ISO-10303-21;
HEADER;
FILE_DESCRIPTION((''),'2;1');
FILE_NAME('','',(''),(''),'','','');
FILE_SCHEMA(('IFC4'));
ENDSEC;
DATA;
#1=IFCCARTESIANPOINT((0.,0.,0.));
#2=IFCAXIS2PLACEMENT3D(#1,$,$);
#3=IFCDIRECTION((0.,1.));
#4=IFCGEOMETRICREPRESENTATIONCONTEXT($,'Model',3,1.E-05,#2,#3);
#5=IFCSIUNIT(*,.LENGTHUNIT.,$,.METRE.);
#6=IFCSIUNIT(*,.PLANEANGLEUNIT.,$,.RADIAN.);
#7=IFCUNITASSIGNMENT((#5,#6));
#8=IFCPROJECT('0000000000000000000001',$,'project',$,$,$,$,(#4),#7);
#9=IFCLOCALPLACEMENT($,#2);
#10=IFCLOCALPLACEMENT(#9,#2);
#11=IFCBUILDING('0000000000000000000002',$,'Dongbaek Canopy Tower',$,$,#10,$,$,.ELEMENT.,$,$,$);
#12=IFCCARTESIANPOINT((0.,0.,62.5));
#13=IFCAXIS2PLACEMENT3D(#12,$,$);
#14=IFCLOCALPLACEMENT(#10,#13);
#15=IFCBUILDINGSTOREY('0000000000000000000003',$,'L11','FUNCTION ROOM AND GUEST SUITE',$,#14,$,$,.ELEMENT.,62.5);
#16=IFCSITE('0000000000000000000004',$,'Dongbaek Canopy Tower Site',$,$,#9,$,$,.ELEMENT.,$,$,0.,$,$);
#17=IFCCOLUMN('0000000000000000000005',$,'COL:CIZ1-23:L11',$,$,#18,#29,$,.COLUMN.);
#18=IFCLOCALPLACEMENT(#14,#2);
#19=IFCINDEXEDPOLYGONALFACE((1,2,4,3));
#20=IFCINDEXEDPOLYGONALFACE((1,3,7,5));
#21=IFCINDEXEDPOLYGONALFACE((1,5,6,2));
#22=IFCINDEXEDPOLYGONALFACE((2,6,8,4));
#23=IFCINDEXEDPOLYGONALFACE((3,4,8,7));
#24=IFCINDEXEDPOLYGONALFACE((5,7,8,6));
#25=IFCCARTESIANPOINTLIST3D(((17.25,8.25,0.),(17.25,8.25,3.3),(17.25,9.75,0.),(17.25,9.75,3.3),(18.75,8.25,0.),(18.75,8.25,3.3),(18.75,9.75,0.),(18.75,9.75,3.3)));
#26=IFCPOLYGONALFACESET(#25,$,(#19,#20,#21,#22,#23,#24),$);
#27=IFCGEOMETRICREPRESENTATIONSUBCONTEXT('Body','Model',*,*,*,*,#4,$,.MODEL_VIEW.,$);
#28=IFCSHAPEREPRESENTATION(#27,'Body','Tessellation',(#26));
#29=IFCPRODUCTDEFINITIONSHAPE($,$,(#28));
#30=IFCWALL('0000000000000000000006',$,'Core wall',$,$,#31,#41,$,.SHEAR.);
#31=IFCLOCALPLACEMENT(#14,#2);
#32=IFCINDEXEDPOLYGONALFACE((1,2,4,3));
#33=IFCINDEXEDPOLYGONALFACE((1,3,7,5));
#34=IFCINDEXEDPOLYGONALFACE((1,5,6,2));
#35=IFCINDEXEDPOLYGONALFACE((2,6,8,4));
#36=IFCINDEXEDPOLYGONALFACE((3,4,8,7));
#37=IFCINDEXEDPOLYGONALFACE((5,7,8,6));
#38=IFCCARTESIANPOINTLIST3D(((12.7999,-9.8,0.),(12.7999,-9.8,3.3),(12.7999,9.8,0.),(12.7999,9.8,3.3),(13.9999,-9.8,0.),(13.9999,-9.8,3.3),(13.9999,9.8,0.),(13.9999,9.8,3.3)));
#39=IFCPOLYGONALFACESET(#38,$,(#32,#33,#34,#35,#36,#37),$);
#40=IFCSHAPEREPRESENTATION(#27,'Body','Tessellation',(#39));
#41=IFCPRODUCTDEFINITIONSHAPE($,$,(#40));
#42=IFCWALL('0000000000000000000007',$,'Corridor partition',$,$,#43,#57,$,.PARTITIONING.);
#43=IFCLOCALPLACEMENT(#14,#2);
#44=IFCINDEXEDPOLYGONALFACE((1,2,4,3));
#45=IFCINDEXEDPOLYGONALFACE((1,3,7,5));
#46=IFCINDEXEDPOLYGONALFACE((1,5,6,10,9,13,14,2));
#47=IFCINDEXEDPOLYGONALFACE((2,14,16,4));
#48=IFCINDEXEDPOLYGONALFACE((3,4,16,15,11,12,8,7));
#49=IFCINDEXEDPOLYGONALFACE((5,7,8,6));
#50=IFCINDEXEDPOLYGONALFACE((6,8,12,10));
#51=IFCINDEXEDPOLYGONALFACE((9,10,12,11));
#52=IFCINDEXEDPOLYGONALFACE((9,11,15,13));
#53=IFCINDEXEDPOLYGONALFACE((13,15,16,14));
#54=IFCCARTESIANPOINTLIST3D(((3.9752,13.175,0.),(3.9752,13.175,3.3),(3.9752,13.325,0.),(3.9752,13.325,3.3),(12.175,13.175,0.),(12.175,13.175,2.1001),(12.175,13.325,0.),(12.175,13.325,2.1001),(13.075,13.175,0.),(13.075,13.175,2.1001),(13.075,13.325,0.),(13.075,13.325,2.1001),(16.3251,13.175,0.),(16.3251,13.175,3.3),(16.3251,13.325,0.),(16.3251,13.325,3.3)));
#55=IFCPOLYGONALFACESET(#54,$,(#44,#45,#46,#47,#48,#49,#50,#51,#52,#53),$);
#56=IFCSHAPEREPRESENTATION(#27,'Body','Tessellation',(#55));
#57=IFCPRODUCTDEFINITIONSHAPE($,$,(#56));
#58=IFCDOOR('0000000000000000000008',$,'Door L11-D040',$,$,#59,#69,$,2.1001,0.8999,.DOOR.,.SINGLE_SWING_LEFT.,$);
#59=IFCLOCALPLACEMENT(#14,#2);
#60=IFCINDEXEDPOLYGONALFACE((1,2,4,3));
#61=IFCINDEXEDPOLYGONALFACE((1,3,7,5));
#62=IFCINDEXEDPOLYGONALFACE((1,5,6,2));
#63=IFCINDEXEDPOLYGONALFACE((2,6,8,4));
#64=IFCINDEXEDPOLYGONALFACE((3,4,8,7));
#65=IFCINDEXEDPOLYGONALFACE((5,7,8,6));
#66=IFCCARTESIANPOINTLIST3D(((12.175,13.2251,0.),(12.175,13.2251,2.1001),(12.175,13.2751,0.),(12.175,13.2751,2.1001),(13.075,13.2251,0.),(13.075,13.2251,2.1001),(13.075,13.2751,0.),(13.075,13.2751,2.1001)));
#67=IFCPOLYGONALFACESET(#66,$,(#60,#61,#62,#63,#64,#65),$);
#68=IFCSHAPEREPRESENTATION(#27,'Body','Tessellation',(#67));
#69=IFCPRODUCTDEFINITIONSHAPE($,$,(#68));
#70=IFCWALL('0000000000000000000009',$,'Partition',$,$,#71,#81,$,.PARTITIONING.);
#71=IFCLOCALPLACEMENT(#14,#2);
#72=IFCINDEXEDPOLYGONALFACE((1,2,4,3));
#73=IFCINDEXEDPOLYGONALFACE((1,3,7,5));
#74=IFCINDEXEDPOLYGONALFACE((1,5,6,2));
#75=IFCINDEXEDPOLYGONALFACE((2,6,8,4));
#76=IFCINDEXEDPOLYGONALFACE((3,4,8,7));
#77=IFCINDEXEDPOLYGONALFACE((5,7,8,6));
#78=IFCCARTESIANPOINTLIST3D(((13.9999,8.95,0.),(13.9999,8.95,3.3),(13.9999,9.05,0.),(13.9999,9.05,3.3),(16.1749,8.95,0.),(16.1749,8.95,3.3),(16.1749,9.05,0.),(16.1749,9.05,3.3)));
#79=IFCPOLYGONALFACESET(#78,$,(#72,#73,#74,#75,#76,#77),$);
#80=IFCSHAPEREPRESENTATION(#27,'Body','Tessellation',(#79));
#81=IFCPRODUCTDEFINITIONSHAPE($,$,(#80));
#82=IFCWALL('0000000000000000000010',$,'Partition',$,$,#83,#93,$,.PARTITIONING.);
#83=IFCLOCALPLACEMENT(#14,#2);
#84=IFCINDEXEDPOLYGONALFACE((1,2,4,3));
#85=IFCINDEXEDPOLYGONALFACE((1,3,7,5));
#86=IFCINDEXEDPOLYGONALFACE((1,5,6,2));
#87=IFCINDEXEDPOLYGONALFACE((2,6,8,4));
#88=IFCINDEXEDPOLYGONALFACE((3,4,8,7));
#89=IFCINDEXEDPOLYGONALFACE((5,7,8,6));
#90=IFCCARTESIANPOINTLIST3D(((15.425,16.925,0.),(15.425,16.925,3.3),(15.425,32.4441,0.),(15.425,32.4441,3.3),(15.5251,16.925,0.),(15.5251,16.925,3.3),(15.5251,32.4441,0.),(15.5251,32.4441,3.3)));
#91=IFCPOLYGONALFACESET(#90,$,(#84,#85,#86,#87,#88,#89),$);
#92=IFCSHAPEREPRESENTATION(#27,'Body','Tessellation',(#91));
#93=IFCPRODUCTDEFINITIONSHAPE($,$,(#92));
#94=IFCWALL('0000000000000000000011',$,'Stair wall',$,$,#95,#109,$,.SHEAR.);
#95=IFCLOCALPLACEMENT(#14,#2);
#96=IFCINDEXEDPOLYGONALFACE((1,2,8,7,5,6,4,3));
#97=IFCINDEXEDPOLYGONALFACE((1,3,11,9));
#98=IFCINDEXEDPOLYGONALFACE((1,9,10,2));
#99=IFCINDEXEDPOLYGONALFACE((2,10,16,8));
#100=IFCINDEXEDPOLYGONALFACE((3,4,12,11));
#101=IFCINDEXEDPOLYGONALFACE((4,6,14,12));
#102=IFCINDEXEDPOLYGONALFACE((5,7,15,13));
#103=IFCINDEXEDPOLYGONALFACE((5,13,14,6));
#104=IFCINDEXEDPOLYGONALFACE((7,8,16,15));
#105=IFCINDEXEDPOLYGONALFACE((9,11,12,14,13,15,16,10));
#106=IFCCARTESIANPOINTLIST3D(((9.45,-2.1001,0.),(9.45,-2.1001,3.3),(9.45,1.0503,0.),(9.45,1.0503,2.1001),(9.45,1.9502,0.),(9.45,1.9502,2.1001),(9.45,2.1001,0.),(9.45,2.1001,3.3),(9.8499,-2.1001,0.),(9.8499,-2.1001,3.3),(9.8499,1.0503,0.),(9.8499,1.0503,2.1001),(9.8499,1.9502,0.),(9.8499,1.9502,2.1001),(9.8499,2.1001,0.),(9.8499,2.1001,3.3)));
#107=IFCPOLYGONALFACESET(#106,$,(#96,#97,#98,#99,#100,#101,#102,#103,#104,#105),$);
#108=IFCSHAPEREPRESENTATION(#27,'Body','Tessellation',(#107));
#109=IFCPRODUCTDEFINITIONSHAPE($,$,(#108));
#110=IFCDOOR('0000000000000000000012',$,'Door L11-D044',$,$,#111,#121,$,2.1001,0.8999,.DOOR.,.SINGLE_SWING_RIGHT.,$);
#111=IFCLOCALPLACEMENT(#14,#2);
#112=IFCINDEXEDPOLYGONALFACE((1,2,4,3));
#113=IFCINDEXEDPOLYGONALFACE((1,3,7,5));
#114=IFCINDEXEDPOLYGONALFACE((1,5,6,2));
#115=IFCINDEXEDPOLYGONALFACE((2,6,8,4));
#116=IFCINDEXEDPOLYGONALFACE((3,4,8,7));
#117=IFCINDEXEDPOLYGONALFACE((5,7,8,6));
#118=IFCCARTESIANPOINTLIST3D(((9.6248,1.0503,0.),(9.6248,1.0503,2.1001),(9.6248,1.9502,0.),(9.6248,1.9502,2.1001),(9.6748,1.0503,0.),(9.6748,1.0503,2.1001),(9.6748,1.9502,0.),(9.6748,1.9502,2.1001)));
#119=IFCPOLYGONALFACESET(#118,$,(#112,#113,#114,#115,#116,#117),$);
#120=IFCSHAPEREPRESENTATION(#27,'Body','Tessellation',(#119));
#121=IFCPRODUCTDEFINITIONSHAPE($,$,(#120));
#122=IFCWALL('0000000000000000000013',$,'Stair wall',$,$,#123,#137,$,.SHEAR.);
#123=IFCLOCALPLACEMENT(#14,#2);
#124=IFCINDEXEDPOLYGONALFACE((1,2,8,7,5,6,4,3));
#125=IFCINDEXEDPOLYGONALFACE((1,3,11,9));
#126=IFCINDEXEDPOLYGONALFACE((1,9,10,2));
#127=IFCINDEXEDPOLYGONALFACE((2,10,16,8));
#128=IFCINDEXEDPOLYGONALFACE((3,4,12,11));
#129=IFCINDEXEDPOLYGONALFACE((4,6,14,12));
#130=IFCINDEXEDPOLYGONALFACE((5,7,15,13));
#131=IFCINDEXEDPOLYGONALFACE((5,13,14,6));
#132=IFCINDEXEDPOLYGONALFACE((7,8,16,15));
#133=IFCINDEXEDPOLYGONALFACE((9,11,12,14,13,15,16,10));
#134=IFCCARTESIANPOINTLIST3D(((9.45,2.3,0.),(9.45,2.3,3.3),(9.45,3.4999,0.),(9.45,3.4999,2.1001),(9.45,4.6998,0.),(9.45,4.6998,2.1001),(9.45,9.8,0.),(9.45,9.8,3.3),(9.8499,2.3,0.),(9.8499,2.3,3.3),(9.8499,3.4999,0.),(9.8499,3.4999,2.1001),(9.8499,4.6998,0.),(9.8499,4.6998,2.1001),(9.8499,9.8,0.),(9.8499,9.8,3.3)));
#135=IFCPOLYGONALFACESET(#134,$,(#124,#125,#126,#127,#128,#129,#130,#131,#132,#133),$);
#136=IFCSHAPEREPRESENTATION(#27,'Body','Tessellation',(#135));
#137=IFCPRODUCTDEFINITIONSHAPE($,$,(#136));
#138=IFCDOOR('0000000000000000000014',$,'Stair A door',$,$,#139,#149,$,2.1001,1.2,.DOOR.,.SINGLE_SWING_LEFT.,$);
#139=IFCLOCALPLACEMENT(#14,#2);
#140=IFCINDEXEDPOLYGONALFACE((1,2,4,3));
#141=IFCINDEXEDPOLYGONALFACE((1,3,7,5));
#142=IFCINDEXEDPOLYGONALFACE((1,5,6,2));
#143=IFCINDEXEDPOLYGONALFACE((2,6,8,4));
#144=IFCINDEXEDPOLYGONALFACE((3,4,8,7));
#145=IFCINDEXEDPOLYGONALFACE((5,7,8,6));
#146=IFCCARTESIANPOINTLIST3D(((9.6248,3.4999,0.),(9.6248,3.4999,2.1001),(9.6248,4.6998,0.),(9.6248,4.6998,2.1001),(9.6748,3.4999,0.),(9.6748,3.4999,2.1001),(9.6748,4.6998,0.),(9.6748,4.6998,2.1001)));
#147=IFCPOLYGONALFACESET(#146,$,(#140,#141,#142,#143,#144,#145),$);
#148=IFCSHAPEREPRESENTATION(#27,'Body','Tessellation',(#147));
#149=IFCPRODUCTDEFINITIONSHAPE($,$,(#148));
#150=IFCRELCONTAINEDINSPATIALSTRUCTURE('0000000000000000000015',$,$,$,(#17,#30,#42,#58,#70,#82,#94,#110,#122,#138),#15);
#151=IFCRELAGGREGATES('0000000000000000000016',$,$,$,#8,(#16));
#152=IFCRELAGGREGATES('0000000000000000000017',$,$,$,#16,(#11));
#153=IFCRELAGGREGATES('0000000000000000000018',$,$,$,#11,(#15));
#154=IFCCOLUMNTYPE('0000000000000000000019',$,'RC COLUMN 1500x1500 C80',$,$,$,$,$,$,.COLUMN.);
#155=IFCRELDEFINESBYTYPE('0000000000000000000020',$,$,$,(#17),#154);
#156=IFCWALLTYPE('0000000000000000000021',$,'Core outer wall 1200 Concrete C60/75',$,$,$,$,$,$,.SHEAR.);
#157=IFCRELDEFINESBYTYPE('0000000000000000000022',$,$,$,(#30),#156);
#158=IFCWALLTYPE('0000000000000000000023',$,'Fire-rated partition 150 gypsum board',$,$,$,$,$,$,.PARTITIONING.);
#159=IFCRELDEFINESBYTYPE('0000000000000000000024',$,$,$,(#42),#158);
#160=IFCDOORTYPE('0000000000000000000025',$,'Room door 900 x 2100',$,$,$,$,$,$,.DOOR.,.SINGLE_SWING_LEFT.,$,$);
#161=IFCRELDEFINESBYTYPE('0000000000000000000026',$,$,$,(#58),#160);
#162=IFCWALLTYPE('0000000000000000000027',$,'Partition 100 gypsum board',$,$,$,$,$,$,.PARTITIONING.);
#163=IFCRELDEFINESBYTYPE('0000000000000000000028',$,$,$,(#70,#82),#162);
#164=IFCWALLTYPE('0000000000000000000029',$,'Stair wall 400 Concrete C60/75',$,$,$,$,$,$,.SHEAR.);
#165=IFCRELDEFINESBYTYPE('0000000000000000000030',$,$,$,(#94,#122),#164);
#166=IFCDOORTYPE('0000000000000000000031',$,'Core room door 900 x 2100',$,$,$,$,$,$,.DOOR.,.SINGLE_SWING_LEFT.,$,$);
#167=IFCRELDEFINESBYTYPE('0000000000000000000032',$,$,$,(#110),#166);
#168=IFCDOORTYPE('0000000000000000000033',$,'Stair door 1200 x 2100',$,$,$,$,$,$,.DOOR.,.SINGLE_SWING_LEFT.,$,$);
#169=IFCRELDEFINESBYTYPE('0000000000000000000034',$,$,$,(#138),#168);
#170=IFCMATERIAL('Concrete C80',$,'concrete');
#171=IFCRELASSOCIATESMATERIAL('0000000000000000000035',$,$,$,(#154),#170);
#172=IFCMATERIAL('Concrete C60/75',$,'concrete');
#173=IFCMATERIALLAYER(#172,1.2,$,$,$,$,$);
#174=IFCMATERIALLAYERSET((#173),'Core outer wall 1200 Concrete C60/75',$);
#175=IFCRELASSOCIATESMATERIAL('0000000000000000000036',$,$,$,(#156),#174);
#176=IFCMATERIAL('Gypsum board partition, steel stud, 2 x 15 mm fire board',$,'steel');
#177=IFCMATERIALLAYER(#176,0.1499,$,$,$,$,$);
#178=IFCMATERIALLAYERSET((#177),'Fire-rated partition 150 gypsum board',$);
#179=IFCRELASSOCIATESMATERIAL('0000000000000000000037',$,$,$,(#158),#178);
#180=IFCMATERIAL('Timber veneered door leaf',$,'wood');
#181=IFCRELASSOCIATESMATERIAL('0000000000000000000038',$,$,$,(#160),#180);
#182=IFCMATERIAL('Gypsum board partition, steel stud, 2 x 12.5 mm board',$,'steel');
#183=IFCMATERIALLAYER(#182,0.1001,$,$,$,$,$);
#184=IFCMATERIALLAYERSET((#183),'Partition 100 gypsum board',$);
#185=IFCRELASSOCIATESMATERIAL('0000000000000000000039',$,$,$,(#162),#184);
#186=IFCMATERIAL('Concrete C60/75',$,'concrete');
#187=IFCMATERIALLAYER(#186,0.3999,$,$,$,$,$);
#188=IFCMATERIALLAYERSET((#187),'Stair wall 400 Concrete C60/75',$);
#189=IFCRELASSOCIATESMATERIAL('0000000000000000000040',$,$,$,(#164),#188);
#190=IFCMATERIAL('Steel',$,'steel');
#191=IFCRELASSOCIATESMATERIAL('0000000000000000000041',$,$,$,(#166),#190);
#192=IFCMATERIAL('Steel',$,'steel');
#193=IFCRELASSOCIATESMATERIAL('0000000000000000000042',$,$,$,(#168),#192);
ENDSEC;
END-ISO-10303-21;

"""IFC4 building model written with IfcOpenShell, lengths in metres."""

from ifc_helpers import new_model, si_unit, direction, frame, frame_2d, origin, origin_2d, place, context, subcontext, project, spatial, rectangle, extrude, material, layer, layer_set, material_profile, profile_set, type_object, element, fill, save


model = new_model("IFC4")

# Units and contexts
model_context = context("Model", 3, precision=1e-05, world=origin(), true_north=direction((0.0, 1.0)))
body_context = subcontext(model_context, "Body", "Model", "MODEL_VIEW")
ifc_project = project(units=[si_unit("LENGTHUNIT", "METRE"), si_unit("PLANEANGLEUNIT", "RADIAN")], contexts=[model_context])

# Site, building, storey
site_placement = place(None, origin())
site = spatial("IfcSite", under=ifc_project, at=site_placement, Name="Dongbaek Canopy Tower Site", CompositionType="ELEMENT", RefElevation=0.0)
building_placement = place(site_placement, origin())
building = spatial("IfcBuilding", under=site, at=building_placement, Name="Dongbaek Canopy Tower", CompositionType="ELEMENT")
storey_placement = place(building_placement, frame((0.0, 0.0, 62.5)))
storey = spatial("IfcBuildingStorey", under=building, at=storey_placement, Name="L11", Description="FUNCTION ROOM AND GUEST SUITE", CompositionType="ELEMENT", Elevation=62.5)

# Column
ifc_material_1 = material(Name="Concrete C80", Category="concrete")
ifc_material_profile = material_profile(ifc_material_1, rectangle(XDim=1.5, YDim=1.5, at=origin_2d()), Name="RC COLUMN 1500x1500 C80")
ifc_profile_set = profile_set([ifc_material_profile], Name="Concrete C80")
column_type = type_object("IfcColumnType", Name="RC COLUMN 1500x1500 C80", PredefinedType="COLUMN", material=ifc_profile_set)
column_placement = place(storey_placement, frame((18.0, 9.0, 0.0), z_axis=(0.0, 0.0, 1.0), x_axis=(1.0, 0.0, 0.0)))
element("IfcColumn", 1, at=column_placement, inside=storey, type_object=column_type, Name="COL:CIZ1-23:L11", PredefinedType="COLUMN", context=body_context, shape_type="SweptSolid", body=[
    extrude(rectangle(XDim=1.5, YDim=1.5, at=origin_2d()), origin(), (0.0, 0.0, 1.0), 3.3),
])

# Wall
ifc_material_2 = material(Name="Concrete C60/75", Category="concrete")
ifc_layer_1 = layer(ifc_material_2, 1.2)
ifc_layer_set_1 = layer_set([ifc_layer_1], Name="Core outer wall 1200 Concrete C60/75")
wall_type_1 = type_object("IfcWallType", Name="Core outer wall 1200 Concrete C60/75", PredefinedType="SHEAR", material=ifc_layer_set_1)
wall_1_placement = place(storey_placement, frame((13.3999, 9.8, 0.0), z_axis=(0.0, 0.0, 1.0), x_axis=(0.0, -1.0, 0.0)))
element("IfcWall", 2, at=wall_1_placement, inside=storey, type_object=wall_type_1, Name="Core wall", PredefinedType="SHEAR", context=body_context, shape_type="SweptSolid", body=[
    extrude(rectangle(XDim=19.6001, YDim=1.2, at=frame_2d((9.8, 0.0))), origin(), (0.0, 0.0, 1.0), 3.3),
])

# Wall, opening, door
ifc_material_3 = material(Name="Gypsum board partition, steel stud, 2 x 15 mm fire board", Category="steel")
ifc_layer_2 = layer(ifc_material_3, 0.1499)
ifc_layer_set_2 = layer_set([ifc_layer_2], Name="Fire-rated partition 150 gypsum board")
wall_type_2 = type_object("IfcWallType", Name="Fire-rated partition 150 gypsum board", PredefinedType="PARTITIONING", material=ifc_layer_set_2)
wall_2_placement = place(storey_placement, frame((16.325, 13.25, 0.0), z_axis=(0.0, 0.0, 1.0), x_axis=(-1.0, 0.0, 0.0)))
wall_2 = element("IfcWall", 3, at=wall_2_placement, inside=storey, type_object=wall_type_2, Name="Corridor partition", PredefinedType="PARTITIONING", context=body_context, shape_type="SweptSolid", body=[
    extrude(rectangle(XDim=12.3499, YDim=0.1499, at=frame_2d((6.1748, 0.0))), origin(), (0.0, 0.0, 1.0), 3.3),
])
opening_1_placement = place(wall_2_placement, frame((3.25, 0.0, 0.0)))
opening_1 = element("IfcOpeningElement", 4, at=opening_1_placement, cuts=wall_2, PredefinedType="OPENING", context=body_context, shape_type="SweptSolid", body=[
    extrude(rectangle(XDim=0.8999, YDim=2.1001, at=frame_2d((0.45, 1.05))), frame((0.0, 0.085, 0.0), z_axis=(0.0, -1.0, 0.0), x_axis=(1.0, 0.0, 0.0)), (0.0, 0.0, 1.0), 0.1699),
])
ifc_material_4 = material(Name="Timber veneered door leaf", Category="wood")
door_type_1 = type_object("IfcDoorType", Name="Room door 900 x 2100", OperationType="SINGLE_SWING_LEFT", PredefinedType="DOOR", material=ifc_material_4)
door_1_placement = place(opening_1_placement, origin())
door_1 = element("IfcDoor", 5, at=door_1_placement, inside=storey, type_object=door_type_1, Name="Door L11-D040", OperationType="SINGLE_SWING_LEFT", OverallHeight=2.1001, OverallWidth=0.8999, PredefinedType="DOOR", context=body_context, shape_type="SweptSolid", body=[
    extrude(rectangle(XDim=0.8999, YDim=2.1001, at=frame_2d((0.45, 1.05))), frame((0.0, 0.0249, 0.0), z_axis=(0.0, -1.0, 0.0), x_axis=(1.0, 0.0, 0.0)), (0.0, 0.0, 1.0), 0.05),
])
fill(opening_1, door_1)

# Walls
ifc_material_5 = material(Name="Gypsum board partition, steel stud, 2 x 12.5 mm board", Category="steel")
ifc_layer_3 = layer(ifc_material_5, 0.1001)
ifc_layer_set_3 = layer_set([ifc_layer_3], Name="Partition 100 gypsum board")
wall_type_3 = type_object("IfcWallType", Name="Partition 100 gypsum board", PredefinedType="PARTITIONING", material=ifc_layer_set_3)
wall_3_placement = place(storey_placement, frame((14.0, 9.0, 0.0), z_axis=(0.0, 0.0, 1.0), x_axis=(1.0, 0.0, 0.0)))
element("IfcWall", 6, at=wall_3_placement, inside=storey, type_object=wall_type_3, Name="Partition", PredefinedType="PARTITIONING", context=body_context, shape_type="SweptSolid", body=[
    extrude(rectangle(XDim=2.175, YDim=0.1001, at=frame_2d((1.0874, 0.0))), origin(), (0.0, 0.0, 1.0), 3.3),
])
wall_4_placement = place(storey_placement, frame((15.4751, 16.925, 0.0), z_axis=(0.0, 0.0, 1.0), x_axis=(0.0, 1.0, 0.0)))
element("IfcWall", 7, at=wall_4_placement, inside=storey, type_object=wall_type_3, Name="Partition", PredefinedType="PARTITIONING", context=body_context, shape_type="SweptSolid", body=[
    extrude(rectangle(XDim=15.519, YDim=0.1001, at=frame_2d((7.7595, 0.0))), origin(), (0.0, 0.0, 1.0), 3.3),
])

# Walls, openings, doors
ifc_material_6 = material(Name="Concrete C60/75", Category="concrete")
ifc_layer_4 = layer(ifc_material_6, 0.3999)
ifc_layer_set_4 = layer_set([ifc_layer_4], Name="Stair wall 400 Concrete C60/75")
wall_type_4 = type_object("IfcWallType", Name="Stair wall 400 Concrete C60/75", PredefinedType="SHEAR", material=ifc_layer_set_4)
wall_5_placement = place(storey_placement, frame((9.6499, 2.1001, 0.0), z_axis=(0.0, 0.0, 1.0), x_axis=(0.0, -1.0, 0.0)))
wall_5 = element("IfcWall", 8, at=wall_5_placement, inside=storey, type_object=wall_type_4, Name="Stair wall", PredefinedType="SHEAR", context=body_context, shape_type="SweptSolid", body=[
    extrude(rectangle(XDim=4.2002, YDim=0.3999, at=frame_2d((2.1001, 0.0))), origin(), (0.0, 0.0, 1.0), 3.3),
])
opening_2_placement = place(wall_5_placement, frame((0.1499, 0.0, 0.0)))
opening_2 = element("IfcOpeningElement", 9, at=opening_2_placement, cuts=wall_5, PredefinedType="OPENING", context=body_context, shape_type="SweptSolid", body=[
    extrude(rectangle(XDim=0.8999, YDim=2.1001, at=frame_2d((0.45, 1.05))), frame((0.0, 0.21, 0.0), z_axis=(0.0, -1.0, 0.0), x_axis=(1.0, 0.0, 0.0)), (0.0, 0.0, 1.0), 0.4199),
])
ifc_material_7 = material(Name="Steel", Category="steel")
door_type_2 = type_object("IfcDoorType", Name="Core room door 900 x 2100", OperationType="SINGLE_SWING_LEFT", PredefinedType="DOOR", material=ifc_material_7)
door_2_placement = place(opening_2_placement, origin())
door_2 = element("IfcDoor", 10, at=door_2_placement, inside=storey, type_object=door_type_2, Name="Door L11-D044", OperationType="SINGLE_SWING_RIGHT", OverallHeight=2.1001, OverallWidth=0.8999, PredefinedType="DOOR", context=body_context, shape_type="SweptSolid", body=[
    extrude(rectangle(XDim=0.8999, YDim=2.1001, at=frame_2d((0.45, 1.05))), frame((0.0, 0.0249, 0.0), z_axis=(0.0, -1.0, 0.0), x_axis=(1.0, 0.0, 0.0)), (0.0, 0.0, 1.0), 0.05),
])
fill(opening_2, door_2)
wall_6_placement = place(storey_placement, frame((9.6499, 9.8, 0.0), z_axis=(0.0, 0.0, 1.0), x_axis=(0.0, -1.0, 0.0)))
wall_6 = element("IfcWall", 11, at=wall_6_placement, inside=storey, type_object=wall_type_4, Name="Stair wall", PredefinedType="SHEAR", context=body_context, shape_type="SweptSolid", body=[
    extrude(rectangle(XDim=7.5, YDim=0.3999, at=frame_2d((3.75, 0.0))), origin(), (0.0, 0.0, 1.0), 3.3),
])
opening_3_placement = place(wall_6_placement, frame((5.1001, 0.0, 0.0)))
opening_3 = element("IfcOpeningElement", 12, at=opening_3_placement, cuts=wall_6, PredefinedType="OPENING", context=body_context, shape_type="SweptSolid", body=[
    extrude(rectangle(XDim=1.2, YDim=2.1001, at=frame_2d((0.6001, 1.05))), frame((0.0, 0.21, 0.0), z_axis=(0.0, -1.0, 0.0), x_axis=(1.0, 0.0, 0.0)), (0.0, 0.0, 1.0), 0.4199),
])
ifc_material_8 = material(Name="Steel", Category="steel")
door_type_3 = type_object("IfcDoorType", Name="Stair door 1200 x 2100", OperationType="SINGLE_SWING_LEFT", PredefinedType="DOOR", material=ifc_material_8)
door_3_placement = place(opening_3_placement, origin())
door_3 = element("IfcDoor", 13, at=door_3_placement, inside=storey, type_object=door_type_3, Name="Stair A door", OperationType="SINGLE_SWING_LEFT", OverallHeight=2.1001, OverallWidth=1.2, PredefinedType="DOOR", context=body_context, shape_type="SweptSolid", body=[
    extrude(rectangle(XDim=1.2, YDim=2.1001, at=frame_2d((0.6001, 1.05))), frame((0.0, 0.0249, 0.0), z_axis=(0.0, -1.0, 0.0), x_axis=(1.0, 0.0, 0.0)), (0.0, 0.0, 1.0), 0.05),
])
fill(opening_3, door_3)

save(model, "model.ifc")
